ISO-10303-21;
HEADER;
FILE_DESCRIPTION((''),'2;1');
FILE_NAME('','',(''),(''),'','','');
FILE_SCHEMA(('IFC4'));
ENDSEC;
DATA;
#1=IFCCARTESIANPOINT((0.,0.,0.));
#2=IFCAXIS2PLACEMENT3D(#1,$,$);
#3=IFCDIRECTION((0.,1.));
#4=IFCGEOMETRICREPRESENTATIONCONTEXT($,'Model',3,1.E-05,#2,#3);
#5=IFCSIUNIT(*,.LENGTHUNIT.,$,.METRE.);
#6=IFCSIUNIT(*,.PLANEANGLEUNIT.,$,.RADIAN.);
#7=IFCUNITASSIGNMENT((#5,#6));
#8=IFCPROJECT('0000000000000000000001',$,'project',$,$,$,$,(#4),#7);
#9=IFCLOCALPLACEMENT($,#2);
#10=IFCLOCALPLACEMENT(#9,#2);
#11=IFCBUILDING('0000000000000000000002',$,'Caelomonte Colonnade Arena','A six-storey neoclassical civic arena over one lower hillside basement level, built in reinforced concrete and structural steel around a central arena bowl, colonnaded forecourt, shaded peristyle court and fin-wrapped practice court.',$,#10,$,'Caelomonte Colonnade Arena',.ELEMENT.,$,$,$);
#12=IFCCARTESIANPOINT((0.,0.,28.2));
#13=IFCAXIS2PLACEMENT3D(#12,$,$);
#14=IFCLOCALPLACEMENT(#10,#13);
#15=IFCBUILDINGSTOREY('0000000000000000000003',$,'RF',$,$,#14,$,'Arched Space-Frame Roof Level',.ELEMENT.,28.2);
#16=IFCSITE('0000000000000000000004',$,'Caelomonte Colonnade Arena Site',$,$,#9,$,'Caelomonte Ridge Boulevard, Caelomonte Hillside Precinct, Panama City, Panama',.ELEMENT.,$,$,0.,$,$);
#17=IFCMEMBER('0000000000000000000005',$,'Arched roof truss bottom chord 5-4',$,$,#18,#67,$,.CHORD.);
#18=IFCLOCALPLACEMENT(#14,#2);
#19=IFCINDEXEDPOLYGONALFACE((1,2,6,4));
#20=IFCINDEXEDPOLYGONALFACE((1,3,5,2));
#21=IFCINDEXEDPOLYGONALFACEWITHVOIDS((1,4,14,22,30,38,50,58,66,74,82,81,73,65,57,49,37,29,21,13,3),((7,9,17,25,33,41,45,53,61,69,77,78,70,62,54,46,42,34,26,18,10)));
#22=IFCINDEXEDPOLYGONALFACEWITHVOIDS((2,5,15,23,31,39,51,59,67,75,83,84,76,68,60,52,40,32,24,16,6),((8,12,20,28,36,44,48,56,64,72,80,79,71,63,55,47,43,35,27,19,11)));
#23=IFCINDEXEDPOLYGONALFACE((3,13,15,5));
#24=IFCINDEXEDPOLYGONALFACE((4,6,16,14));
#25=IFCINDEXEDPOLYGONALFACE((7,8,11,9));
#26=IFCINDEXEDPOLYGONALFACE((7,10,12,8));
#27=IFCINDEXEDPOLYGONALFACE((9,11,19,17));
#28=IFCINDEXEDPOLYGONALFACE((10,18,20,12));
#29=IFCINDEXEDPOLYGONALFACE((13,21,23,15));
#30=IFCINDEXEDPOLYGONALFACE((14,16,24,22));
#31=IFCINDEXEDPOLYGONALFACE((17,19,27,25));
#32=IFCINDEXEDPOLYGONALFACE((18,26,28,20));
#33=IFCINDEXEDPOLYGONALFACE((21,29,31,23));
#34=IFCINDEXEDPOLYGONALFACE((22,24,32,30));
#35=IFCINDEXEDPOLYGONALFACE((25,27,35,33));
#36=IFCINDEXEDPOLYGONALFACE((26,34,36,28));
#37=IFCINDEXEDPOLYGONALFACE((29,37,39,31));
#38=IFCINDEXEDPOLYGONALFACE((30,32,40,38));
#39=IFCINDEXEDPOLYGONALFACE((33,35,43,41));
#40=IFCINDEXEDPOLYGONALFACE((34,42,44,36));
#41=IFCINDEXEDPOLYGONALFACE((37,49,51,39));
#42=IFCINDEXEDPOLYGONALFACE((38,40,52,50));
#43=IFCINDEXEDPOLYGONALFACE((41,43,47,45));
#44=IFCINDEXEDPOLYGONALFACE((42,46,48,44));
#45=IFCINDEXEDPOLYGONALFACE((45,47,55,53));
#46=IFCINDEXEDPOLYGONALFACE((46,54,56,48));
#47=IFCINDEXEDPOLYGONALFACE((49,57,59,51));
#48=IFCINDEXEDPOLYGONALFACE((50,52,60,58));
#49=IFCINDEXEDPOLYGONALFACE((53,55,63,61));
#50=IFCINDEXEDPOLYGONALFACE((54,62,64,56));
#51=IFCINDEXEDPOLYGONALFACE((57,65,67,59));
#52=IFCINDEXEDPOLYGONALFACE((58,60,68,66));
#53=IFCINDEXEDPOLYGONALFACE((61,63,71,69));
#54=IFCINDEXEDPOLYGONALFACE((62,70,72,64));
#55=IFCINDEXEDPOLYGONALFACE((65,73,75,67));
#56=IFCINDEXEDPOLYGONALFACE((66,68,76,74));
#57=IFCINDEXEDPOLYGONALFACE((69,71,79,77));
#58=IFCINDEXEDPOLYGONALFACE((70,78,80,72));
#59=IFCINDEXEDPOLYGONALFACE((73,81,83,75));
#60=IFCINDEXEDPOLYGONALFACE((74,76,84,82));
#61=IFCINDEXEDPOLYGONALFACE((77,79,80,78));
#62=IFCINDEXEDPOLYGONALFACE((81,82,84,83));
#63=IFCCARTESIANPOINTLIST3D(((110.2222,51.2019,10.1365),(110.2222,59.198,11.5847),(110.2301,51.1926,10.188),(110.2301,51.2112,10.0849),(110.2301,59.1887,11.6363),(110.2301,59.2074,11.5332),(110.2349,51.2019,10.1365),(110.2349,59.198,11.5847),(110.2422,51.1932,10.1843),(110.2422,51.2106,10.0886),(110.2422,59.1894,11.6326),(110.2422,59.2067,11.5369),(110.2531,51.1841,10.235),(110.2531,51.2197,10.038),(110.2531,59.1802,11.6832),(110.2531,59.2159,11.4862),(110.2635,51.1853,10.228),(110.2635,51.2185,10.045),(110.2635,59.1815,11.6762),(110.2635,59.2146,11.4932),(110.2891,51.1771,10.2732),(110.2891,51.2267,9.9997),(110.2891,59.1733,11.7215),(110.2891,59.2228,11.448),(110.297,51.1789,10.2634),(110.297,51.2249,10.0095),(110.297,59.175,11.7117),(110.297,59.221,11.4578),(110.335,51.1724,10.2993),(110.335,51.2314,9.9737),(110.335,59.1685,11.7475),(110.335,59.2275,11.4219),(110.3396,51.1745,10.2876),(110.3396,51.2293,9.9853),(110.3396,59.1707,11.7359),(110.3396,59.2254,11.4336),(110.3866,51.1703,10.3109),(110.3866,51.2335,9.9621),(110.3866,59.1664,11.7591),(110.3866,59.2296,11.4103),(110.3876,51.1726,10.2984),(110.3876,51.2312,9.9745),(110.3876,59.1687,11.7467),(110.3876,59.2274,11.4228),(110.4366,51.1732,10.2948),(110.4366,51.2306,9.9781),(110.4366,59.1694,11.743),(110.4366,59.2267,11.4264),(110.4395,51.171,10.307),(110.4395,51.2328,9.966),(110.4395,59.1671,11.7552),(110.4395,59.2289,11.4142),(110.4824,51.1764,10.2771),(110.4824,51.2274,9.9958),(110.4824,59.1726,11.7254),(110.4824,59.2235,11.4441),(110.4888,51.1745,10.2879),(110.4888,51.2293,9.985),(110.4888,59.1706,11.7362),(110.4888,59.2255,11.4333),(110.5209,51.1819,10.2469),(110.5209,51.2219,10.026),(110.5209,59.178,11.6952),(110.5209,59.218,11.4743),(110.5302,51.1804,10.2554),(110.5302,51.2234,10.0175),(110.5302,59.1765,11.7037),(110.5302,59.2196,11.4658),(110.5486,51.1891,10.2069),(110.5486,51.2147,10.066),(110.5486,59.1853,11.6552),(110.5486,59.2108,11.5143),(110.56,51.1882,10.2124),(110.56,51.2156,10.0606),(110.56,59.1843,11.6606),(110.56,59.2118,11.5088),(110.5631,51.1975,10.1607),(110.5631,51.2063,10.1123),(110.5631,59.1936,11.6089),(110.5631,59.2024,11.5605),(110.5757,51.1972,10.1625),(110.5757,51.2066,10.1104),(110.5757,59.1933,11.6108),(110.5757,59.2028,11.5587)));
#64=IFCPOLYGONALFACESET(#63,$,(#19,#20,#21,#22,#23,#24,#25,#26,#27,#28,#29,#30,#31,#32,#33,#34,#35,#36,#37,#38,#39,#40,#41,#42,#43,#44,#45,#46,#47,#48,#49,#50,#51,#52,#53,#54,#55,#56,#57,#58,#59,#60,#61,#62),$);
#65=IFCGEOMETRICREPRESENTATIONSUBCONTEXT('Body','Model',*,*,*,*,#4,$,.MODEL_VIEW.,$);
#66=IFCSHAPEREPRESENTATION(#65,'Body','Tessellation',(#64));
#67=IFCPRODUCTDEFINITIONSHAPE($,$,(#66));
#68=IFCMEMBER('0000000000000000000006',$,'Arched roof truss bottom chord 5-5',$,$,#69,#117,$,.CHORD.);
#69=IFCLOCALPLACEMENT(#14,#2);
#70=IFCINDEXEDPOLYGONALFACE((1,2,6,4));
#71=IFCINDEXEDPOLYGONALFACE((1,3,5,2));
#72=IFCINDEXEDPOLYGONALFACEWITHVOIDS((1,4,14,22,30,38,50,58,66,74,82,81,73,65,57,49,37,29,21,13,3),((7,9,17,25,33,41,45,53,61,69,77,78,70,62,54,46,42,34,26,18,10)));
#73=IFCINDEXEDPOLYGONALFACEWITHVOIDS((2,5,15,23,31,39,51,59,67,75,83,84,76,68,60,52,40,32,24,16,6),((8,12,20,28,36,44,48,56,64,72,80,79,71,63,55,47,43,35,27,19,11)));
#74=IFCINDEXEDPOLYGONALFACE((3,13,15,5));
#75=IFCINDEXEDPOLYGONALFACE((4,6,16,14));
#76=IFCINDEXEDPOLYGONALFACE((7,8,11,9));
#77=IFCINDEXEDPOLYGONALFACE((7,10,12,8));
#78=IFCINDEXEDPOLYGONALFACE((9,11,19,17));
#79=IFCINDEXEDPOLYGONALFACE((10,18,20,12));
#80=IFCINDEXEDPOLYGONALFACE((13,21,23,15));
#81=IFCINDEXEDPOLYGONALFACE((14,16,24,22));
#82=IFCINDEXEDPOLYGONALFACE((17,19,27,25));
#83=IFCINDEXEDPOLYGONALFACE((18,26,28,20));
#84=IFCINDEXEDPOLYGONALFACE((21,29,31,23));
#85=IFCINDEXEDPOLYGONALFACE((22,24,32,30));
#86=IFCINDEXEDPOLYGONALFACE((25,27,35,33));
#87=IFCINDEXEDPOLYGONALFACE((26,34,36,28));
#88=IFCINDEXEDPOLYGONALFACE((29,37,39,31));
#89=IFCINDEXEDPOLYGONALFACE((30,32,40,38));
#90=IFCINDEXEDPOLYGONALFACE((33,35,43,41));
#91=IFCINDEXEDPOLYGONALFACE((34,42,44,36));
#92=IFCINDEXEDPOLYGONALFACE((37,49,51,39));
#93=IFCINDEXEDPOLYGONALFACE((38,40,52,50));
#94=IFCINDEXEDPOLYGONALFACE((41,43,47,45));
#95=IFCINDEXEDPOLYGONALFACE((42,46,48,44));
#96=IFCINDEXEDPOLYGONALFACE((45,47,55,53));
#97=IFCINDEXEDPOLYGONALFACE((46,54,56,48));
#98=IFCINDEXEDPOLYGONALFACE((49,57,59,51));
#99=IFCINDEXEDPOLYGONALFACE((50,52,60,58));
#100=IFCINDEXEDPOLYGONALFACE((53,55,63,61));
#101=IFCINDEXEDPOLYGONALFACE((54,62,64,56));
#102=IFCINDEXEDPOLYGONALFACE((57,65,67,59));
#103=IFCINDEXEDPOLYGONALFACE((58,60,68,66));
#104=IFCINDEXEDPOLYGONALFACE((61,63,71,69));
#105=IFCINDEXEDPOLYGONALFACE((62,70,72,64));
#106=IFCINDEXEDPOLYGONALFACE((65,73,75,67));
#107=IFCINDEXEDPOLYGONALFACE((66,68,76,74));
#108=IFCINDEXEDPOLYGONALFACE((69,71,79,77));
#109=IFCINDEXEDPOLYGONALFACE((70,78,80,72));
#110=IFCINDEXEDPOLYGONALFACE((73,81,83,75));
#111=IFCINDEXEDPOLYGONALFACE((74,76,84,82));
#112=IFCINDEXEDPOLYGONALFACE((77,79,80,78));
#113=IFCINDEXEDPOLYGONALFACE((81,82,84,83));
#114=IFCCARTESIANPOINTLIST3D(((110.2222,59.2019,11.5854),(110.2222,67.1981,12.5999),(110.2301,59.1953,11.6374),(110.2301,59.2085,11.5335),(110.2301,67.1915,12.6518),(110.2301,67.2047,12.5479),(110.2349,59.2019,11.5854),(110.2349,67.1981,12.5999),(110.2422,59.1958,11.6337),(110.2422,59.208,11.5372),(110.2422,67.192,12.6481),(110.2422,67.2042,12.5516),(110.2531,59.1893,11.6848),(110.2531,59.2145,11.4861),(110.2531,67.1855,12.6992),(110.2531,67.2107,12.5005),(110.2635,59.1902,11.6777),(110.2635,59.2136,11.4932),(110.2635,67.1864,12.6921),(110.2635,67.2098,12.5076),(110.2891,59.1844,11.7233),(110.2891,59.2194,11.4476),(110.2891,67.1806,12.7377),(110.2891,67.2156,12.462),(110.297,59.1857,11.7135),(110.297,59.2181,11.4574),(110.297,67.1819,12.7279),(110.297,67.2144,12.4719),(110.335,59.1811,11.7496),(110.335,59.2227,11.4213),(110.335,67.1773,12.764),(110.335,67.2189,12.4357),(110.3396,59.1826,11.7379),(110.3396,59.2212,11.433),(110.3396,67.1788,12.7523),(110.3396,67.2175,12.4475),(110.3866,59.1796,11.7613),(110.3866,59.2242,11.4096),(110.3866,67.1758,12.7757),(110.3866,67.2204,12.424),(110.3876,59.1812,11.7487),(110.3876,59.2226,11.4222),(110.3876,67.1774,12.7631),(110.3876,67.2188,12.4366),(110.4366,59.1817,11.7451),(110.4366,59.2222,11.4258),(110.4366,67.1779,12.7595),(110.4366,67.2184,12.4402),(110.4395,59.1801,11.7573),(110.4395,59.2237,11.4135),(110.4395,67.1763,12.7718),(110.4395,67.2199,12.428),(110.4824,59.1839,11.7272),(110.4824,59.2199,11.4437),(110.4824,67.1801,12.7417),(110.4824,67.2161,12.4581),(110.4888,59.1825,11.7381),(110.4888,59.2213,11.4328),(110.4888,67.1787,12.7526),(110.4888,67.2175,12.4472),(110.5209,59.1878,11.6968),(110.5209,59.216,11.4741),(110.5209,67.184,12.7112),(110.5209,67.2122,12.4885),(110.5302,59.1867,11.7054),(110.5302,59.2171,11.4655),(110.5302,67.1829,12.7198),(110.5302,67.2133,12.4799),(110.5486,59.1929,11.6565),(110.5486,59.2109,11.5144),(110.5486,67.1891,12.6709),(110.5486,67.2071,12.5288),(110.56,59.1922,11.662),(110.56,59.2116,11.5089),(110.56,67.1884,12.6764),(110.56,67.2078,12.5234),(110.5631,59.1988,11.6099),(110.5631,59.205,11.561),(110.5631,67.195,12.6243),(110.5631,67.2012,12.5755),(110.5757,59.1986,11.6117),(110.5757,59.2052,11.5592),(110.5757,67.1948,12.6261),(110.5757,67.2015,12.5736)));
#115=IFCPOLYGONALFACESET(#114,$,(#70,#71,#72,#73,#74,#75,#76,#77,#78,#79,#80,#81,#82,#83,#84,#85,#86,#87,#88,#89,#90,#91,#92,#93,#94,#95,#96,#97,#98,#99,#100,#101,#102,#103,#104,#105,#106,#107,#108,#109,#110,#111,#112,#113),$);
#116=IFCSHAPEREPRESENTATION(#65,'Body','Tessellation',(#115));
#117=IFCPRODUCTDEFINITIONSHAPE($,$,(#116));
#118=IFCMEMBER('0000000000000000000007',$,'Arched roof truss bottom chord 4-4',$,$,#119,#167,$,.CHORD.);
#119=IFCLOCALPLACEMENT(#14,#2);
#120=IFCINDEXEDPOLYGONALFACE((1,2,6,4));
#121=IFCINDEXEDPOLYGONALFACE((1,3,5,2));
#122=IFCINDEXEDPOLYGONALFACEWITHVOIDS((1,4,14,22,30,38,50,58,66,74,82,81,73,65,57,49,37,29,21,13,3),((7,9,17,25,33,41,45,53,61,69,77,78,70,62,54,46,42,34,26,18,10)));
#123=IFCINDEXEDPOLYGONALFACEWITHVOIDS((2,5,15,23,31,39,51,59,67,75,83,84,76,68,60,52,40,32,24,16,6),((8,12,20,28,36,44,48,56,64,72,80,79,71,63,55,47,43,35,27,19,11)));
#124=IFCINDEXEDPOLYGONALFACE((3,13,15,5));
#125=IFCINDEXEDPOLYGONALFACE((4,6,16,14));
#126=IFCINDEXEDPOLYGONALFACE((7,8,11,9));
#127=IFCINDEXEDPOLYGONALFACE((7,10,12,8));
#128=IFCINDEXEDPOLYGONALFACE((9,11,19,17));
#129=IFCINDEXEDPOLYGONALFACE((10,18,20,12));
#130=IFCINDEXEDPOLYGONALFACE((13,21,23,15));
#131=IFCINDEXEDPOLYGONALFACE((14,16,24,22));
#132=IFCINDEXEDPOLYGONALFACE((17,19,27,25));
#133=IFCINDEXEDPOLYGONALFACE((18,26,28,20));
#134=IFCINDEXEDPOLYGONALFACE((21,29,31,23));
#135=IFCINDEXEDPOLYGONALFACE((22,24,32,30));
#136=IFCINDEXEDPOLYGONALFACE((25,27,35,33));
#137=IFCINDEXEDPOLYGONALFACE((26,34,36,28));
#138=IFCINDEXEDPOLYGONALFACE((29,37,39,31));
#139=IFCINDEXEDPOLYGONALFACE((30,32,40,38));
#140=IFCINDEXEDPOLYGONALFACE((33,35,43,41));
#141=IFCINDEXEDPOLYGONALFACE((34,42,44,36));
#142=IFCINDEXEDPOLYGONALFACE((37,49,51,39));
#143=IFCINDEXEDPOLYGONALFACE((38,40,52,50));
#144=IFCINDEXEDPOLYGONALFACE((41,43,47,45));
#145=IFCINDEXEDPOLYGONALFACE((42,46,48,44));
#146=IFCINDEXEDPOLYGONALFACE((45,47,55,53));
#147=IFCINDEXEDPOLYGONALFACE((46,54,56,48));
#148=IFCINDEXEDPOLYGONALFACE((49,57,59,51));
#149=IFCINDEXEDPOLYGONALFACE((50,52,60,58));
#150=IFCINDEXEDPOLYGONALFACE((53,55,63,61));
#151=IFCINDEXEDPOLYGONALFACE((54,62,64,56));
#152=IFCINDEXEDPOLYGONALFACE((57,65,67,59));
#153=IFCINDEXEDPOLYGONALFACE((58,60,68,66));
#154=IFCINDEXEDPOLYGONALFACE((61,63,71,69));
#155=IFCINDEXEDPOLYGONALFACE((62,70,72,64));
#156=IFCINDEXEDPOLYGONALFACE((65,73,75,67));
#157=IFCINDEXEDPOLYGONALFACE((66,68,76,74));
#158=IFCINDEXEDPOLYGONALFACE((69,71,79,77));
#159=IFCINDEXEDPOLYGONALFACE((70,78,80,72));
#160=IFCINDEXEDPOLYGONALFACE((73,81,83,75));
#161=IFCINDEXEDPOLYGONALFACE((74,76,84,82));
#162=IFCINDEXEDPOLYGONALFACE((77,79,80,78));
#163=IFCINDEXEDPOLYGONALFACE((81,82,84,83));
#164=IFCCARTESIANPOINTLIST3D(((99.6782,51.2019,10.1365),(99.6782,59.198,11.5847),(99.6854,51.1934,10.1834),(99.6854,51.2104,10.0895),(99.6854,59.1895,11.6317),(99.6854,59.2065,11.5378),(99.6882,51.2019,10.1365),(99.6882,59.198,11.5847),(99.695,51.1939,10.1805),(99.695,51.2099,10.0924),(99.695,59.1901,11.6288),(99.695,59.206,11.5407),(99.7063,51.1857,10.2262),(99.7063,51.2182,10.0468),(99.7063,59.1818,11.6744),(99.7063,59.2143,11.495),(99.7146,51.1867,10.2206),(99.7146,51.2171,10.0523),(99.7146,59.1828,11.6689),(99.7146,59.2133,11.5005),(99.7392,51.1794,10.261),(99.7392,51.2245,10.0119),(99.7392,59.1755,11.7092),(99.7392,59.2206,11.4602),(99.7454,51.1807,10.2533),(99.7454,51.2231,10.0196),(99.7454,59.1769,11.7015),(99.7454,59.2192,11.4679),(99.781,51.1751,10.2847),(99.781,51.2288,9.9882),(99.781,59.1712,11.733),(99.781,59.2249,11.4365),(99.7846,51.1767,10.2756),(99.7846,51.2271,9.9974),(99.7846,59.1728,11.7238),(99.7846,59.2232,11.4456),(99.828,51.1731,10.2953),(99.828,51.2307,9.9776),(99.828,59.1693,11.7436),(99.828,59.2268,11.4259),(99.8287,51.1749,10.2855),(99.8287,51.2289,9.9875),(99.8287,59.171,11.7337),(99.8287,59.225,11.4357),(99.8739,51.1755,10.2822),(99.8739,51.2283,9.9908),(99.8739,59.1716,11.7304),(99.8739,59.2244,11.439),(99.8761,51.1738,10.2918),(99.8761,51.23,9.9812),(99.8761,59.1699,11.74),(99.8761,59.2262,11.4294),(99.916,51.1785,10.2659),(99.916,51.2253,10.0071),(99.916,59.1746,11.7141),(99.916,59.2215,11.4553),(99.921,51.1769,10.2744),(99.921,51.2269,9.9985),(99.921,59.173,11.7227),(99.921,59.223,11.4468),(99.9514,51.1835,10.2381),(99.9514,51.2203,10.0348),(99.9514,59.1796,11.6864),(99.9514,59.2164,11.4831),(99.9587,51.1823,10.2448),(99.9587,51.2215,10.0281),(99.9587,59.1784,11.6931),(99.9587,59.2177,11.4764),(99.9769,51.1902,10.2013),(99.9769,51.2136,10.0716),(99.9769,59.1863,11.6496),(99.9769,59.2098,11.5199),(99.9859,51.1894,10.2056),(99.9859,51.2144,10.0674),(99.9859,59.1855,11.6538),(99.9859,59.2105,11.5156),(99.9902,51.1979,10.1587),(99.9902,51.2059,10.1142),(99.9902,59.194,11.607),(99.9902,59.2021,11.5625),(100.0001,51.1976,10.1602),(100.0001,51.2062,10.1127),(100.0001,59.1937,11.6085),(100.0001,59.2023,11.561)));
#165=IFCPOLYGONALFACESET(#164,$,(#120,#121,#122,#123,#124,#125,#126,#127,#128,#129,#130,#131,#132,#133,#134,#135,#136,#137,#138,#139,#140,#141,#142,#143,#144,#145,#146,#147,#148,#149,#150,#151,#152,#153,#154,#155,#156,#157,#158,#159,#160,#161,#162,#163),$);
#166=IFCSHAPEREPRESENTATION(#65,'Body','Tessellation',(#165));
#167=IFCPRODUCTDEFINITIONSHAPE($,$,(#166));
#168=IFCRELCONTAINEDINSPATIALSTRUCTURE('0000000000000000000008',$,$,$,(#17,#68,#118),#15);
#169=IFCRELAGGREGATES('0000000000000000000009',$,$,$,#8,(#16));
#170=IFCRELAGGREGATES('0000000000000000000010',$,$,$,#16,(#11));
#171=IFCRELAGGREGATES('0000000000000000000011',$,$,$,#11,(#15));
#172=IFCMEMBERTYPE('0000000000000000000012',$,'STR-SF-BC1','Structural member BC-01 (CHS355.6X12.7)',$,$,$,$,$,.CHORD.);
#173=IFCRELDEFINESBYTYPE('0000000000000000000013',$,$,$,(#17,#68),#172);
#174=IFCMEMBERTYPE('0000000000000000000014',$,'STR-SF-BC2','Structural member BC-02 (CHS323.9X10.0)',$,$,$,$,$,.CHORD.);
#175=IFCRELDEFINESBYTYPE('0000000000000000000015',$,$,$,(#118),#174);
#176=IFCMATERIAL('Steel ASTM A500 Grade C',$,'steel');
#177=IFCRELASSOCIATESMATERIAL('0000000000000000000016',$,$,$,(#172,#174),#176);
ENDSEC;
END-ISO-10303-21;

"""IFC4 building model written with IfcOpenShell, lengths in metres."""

from ifc_helpers import new_model, si_unit, direction, frame, origin, origin_2d, place, context, subcontext, project, spatial, hollow_circle, extrude, material, material_profile, profile_set, type_object, element, save


model = new_model("IFC4")

# Units and contexts
model_context = context("Model", 3, precision=1e-05, world=origin(), true_north=direction((0.0, 1.0)))
body_context = subcontext(model_context, "Body", "Model", "MODEL_VIEW")
ifc_project = project(units=[si_unit("LENGTHUNIT", "METRE"), si_unit("PLANEANGLEUNIT", "RADIAN")], contexts=[model_context])

# Site, building, storey
site_placement = place(None, origin())
site = spatial("IfcSite", under=ifc_project, at=site_placement, Name="Caelomonte Colonnade Arena Site", LongName="Caelomonte Ridge Boulevard, Caelomonte Hillside Precinct, Panama City, Panama", CompositionType="ELEMENT", RefElevation=0.0)
building_placement = place(site_placement, origin())
building = spatial("IfcBuilding", under=site, at=building_placement, Name="Caelomonte Colonnade Arena", Description="A six-storey neoclassical civic arena over one lower hillside basement level, built in reinforced concrete and structural steel around a central arena bowl, colonnaded forecourt, shaded peristyle court and fin-wrapped practice court.", LongName="Caelomonte Colonnade Arena", CompositionType="ELEMENT")
storey_placement = place(building_placement, frame((0.0, 0.0, 28.2)))
storey = spatial("IfcBuildingStorey", under=building, at=storey_placement, Name="RF", LongName="Arched Space-Frame Roof Level", CompositionType="ELEMENT", Elevation=28.2)

# Members
ifc_material_1 = material(Name="Steel ASTM A500 Grade C", Category="steel")
ifc_material_profile_1 = material_profile(ifc_material_1, hollow_circle(Radius=0.1777, WallThickness=0.0127, at=origin_2d()), Name="CHS355.6X12.7")
ifc_profile_set_1 = profile_set([ifc_material_profile_1], Name="Steel ASTM A500 Grade C")
member_type_1 = type_object("IfcMemberType", Name="STR-SF-BC1", Description="Structural member BC-01 (CHS355.6X12.7)", PredefinedType="CHORD", material=ifc_profile_set_1)
member_1_placement = place(storey_placement, frame((110.3999, 51.2019, 10.1365), z_axis=(0.0, 0.983991, 0.178219), x_axis=(-1.0, 0.0, 0.0)))
element("IfcMember", 1, at=member_1_placement, inside=storey, type_object=member_type_1, Name="Arched roof truss bottom chord 5-4", PredefinedType="CHORD", context=body_context, shape_type="SweptSolid", body=[
    extrude(hollow_circle(Radius=0.1777, WallThickness=0.0127, at=origin_2d()), origin(), (0.0, 0.0, 1.0), 8.1262),
])
member_2_placement = place(storey_placement, frame((110.3999, 59.2019, 11.5854), z_axis=(0.0, 0.992049, 0.125854), x_axis=(-1.0, 0.0, 0.0)))
element("IfcMember", 2, at=member_2_placement, inside=storey, type_object=member_type_1, Name="Arched roof truss bottom chord 5-5", PredefinedType="CHORD", context=body_context, shape_type="SweptSolid", body=[
    extrude(hollow_circle(Radius=0.1777, WallThickness=0.0127, at=origin_2d()), origin(), (0.0, 0.0, 1.0), 8.0603),
])
ifc_material_profile_2 = material_profile(ifc_material_1, hollow_circle(Radius=0.1619, WallThickness=0.01, at=origin_2d()), Name="CHS323.9X10.0")
ifc_profile_set_2 = profile_set([ifc_material_profile_2], Name="Steel ASTM A500 Grade C")
member_type_2 = type_object("IfcMemberType", Name="STR-SF-BC2", Description="Structural member BC-02 (CHS323.9X10.0)", PredefinedType="CHORD", material=ifc_profile_set_2)
member_3_placement = place(storey_placement, frame((99.8401, 51.2019, 10.1365), z_axis=(0.0, 0.983991, 0.178219), x_axis=(-1.0, 0.0, 0.0)))
element("IfcMember", 3, at=member_3_placement, inside=storey, type_object=member_type_2, Name="Arched roof truss bottom chord 4-4", PredefinedType="CHORD", context=body_context, shape_type="SweptSolid", body=[
    extrude(hollow_circle(Radius=0.1619, WallThickness=0.01, at=origin_2d()), origin(), (0.0, 0.0, 1.0), 8.1262),
])

save(model, "model.ifc")
